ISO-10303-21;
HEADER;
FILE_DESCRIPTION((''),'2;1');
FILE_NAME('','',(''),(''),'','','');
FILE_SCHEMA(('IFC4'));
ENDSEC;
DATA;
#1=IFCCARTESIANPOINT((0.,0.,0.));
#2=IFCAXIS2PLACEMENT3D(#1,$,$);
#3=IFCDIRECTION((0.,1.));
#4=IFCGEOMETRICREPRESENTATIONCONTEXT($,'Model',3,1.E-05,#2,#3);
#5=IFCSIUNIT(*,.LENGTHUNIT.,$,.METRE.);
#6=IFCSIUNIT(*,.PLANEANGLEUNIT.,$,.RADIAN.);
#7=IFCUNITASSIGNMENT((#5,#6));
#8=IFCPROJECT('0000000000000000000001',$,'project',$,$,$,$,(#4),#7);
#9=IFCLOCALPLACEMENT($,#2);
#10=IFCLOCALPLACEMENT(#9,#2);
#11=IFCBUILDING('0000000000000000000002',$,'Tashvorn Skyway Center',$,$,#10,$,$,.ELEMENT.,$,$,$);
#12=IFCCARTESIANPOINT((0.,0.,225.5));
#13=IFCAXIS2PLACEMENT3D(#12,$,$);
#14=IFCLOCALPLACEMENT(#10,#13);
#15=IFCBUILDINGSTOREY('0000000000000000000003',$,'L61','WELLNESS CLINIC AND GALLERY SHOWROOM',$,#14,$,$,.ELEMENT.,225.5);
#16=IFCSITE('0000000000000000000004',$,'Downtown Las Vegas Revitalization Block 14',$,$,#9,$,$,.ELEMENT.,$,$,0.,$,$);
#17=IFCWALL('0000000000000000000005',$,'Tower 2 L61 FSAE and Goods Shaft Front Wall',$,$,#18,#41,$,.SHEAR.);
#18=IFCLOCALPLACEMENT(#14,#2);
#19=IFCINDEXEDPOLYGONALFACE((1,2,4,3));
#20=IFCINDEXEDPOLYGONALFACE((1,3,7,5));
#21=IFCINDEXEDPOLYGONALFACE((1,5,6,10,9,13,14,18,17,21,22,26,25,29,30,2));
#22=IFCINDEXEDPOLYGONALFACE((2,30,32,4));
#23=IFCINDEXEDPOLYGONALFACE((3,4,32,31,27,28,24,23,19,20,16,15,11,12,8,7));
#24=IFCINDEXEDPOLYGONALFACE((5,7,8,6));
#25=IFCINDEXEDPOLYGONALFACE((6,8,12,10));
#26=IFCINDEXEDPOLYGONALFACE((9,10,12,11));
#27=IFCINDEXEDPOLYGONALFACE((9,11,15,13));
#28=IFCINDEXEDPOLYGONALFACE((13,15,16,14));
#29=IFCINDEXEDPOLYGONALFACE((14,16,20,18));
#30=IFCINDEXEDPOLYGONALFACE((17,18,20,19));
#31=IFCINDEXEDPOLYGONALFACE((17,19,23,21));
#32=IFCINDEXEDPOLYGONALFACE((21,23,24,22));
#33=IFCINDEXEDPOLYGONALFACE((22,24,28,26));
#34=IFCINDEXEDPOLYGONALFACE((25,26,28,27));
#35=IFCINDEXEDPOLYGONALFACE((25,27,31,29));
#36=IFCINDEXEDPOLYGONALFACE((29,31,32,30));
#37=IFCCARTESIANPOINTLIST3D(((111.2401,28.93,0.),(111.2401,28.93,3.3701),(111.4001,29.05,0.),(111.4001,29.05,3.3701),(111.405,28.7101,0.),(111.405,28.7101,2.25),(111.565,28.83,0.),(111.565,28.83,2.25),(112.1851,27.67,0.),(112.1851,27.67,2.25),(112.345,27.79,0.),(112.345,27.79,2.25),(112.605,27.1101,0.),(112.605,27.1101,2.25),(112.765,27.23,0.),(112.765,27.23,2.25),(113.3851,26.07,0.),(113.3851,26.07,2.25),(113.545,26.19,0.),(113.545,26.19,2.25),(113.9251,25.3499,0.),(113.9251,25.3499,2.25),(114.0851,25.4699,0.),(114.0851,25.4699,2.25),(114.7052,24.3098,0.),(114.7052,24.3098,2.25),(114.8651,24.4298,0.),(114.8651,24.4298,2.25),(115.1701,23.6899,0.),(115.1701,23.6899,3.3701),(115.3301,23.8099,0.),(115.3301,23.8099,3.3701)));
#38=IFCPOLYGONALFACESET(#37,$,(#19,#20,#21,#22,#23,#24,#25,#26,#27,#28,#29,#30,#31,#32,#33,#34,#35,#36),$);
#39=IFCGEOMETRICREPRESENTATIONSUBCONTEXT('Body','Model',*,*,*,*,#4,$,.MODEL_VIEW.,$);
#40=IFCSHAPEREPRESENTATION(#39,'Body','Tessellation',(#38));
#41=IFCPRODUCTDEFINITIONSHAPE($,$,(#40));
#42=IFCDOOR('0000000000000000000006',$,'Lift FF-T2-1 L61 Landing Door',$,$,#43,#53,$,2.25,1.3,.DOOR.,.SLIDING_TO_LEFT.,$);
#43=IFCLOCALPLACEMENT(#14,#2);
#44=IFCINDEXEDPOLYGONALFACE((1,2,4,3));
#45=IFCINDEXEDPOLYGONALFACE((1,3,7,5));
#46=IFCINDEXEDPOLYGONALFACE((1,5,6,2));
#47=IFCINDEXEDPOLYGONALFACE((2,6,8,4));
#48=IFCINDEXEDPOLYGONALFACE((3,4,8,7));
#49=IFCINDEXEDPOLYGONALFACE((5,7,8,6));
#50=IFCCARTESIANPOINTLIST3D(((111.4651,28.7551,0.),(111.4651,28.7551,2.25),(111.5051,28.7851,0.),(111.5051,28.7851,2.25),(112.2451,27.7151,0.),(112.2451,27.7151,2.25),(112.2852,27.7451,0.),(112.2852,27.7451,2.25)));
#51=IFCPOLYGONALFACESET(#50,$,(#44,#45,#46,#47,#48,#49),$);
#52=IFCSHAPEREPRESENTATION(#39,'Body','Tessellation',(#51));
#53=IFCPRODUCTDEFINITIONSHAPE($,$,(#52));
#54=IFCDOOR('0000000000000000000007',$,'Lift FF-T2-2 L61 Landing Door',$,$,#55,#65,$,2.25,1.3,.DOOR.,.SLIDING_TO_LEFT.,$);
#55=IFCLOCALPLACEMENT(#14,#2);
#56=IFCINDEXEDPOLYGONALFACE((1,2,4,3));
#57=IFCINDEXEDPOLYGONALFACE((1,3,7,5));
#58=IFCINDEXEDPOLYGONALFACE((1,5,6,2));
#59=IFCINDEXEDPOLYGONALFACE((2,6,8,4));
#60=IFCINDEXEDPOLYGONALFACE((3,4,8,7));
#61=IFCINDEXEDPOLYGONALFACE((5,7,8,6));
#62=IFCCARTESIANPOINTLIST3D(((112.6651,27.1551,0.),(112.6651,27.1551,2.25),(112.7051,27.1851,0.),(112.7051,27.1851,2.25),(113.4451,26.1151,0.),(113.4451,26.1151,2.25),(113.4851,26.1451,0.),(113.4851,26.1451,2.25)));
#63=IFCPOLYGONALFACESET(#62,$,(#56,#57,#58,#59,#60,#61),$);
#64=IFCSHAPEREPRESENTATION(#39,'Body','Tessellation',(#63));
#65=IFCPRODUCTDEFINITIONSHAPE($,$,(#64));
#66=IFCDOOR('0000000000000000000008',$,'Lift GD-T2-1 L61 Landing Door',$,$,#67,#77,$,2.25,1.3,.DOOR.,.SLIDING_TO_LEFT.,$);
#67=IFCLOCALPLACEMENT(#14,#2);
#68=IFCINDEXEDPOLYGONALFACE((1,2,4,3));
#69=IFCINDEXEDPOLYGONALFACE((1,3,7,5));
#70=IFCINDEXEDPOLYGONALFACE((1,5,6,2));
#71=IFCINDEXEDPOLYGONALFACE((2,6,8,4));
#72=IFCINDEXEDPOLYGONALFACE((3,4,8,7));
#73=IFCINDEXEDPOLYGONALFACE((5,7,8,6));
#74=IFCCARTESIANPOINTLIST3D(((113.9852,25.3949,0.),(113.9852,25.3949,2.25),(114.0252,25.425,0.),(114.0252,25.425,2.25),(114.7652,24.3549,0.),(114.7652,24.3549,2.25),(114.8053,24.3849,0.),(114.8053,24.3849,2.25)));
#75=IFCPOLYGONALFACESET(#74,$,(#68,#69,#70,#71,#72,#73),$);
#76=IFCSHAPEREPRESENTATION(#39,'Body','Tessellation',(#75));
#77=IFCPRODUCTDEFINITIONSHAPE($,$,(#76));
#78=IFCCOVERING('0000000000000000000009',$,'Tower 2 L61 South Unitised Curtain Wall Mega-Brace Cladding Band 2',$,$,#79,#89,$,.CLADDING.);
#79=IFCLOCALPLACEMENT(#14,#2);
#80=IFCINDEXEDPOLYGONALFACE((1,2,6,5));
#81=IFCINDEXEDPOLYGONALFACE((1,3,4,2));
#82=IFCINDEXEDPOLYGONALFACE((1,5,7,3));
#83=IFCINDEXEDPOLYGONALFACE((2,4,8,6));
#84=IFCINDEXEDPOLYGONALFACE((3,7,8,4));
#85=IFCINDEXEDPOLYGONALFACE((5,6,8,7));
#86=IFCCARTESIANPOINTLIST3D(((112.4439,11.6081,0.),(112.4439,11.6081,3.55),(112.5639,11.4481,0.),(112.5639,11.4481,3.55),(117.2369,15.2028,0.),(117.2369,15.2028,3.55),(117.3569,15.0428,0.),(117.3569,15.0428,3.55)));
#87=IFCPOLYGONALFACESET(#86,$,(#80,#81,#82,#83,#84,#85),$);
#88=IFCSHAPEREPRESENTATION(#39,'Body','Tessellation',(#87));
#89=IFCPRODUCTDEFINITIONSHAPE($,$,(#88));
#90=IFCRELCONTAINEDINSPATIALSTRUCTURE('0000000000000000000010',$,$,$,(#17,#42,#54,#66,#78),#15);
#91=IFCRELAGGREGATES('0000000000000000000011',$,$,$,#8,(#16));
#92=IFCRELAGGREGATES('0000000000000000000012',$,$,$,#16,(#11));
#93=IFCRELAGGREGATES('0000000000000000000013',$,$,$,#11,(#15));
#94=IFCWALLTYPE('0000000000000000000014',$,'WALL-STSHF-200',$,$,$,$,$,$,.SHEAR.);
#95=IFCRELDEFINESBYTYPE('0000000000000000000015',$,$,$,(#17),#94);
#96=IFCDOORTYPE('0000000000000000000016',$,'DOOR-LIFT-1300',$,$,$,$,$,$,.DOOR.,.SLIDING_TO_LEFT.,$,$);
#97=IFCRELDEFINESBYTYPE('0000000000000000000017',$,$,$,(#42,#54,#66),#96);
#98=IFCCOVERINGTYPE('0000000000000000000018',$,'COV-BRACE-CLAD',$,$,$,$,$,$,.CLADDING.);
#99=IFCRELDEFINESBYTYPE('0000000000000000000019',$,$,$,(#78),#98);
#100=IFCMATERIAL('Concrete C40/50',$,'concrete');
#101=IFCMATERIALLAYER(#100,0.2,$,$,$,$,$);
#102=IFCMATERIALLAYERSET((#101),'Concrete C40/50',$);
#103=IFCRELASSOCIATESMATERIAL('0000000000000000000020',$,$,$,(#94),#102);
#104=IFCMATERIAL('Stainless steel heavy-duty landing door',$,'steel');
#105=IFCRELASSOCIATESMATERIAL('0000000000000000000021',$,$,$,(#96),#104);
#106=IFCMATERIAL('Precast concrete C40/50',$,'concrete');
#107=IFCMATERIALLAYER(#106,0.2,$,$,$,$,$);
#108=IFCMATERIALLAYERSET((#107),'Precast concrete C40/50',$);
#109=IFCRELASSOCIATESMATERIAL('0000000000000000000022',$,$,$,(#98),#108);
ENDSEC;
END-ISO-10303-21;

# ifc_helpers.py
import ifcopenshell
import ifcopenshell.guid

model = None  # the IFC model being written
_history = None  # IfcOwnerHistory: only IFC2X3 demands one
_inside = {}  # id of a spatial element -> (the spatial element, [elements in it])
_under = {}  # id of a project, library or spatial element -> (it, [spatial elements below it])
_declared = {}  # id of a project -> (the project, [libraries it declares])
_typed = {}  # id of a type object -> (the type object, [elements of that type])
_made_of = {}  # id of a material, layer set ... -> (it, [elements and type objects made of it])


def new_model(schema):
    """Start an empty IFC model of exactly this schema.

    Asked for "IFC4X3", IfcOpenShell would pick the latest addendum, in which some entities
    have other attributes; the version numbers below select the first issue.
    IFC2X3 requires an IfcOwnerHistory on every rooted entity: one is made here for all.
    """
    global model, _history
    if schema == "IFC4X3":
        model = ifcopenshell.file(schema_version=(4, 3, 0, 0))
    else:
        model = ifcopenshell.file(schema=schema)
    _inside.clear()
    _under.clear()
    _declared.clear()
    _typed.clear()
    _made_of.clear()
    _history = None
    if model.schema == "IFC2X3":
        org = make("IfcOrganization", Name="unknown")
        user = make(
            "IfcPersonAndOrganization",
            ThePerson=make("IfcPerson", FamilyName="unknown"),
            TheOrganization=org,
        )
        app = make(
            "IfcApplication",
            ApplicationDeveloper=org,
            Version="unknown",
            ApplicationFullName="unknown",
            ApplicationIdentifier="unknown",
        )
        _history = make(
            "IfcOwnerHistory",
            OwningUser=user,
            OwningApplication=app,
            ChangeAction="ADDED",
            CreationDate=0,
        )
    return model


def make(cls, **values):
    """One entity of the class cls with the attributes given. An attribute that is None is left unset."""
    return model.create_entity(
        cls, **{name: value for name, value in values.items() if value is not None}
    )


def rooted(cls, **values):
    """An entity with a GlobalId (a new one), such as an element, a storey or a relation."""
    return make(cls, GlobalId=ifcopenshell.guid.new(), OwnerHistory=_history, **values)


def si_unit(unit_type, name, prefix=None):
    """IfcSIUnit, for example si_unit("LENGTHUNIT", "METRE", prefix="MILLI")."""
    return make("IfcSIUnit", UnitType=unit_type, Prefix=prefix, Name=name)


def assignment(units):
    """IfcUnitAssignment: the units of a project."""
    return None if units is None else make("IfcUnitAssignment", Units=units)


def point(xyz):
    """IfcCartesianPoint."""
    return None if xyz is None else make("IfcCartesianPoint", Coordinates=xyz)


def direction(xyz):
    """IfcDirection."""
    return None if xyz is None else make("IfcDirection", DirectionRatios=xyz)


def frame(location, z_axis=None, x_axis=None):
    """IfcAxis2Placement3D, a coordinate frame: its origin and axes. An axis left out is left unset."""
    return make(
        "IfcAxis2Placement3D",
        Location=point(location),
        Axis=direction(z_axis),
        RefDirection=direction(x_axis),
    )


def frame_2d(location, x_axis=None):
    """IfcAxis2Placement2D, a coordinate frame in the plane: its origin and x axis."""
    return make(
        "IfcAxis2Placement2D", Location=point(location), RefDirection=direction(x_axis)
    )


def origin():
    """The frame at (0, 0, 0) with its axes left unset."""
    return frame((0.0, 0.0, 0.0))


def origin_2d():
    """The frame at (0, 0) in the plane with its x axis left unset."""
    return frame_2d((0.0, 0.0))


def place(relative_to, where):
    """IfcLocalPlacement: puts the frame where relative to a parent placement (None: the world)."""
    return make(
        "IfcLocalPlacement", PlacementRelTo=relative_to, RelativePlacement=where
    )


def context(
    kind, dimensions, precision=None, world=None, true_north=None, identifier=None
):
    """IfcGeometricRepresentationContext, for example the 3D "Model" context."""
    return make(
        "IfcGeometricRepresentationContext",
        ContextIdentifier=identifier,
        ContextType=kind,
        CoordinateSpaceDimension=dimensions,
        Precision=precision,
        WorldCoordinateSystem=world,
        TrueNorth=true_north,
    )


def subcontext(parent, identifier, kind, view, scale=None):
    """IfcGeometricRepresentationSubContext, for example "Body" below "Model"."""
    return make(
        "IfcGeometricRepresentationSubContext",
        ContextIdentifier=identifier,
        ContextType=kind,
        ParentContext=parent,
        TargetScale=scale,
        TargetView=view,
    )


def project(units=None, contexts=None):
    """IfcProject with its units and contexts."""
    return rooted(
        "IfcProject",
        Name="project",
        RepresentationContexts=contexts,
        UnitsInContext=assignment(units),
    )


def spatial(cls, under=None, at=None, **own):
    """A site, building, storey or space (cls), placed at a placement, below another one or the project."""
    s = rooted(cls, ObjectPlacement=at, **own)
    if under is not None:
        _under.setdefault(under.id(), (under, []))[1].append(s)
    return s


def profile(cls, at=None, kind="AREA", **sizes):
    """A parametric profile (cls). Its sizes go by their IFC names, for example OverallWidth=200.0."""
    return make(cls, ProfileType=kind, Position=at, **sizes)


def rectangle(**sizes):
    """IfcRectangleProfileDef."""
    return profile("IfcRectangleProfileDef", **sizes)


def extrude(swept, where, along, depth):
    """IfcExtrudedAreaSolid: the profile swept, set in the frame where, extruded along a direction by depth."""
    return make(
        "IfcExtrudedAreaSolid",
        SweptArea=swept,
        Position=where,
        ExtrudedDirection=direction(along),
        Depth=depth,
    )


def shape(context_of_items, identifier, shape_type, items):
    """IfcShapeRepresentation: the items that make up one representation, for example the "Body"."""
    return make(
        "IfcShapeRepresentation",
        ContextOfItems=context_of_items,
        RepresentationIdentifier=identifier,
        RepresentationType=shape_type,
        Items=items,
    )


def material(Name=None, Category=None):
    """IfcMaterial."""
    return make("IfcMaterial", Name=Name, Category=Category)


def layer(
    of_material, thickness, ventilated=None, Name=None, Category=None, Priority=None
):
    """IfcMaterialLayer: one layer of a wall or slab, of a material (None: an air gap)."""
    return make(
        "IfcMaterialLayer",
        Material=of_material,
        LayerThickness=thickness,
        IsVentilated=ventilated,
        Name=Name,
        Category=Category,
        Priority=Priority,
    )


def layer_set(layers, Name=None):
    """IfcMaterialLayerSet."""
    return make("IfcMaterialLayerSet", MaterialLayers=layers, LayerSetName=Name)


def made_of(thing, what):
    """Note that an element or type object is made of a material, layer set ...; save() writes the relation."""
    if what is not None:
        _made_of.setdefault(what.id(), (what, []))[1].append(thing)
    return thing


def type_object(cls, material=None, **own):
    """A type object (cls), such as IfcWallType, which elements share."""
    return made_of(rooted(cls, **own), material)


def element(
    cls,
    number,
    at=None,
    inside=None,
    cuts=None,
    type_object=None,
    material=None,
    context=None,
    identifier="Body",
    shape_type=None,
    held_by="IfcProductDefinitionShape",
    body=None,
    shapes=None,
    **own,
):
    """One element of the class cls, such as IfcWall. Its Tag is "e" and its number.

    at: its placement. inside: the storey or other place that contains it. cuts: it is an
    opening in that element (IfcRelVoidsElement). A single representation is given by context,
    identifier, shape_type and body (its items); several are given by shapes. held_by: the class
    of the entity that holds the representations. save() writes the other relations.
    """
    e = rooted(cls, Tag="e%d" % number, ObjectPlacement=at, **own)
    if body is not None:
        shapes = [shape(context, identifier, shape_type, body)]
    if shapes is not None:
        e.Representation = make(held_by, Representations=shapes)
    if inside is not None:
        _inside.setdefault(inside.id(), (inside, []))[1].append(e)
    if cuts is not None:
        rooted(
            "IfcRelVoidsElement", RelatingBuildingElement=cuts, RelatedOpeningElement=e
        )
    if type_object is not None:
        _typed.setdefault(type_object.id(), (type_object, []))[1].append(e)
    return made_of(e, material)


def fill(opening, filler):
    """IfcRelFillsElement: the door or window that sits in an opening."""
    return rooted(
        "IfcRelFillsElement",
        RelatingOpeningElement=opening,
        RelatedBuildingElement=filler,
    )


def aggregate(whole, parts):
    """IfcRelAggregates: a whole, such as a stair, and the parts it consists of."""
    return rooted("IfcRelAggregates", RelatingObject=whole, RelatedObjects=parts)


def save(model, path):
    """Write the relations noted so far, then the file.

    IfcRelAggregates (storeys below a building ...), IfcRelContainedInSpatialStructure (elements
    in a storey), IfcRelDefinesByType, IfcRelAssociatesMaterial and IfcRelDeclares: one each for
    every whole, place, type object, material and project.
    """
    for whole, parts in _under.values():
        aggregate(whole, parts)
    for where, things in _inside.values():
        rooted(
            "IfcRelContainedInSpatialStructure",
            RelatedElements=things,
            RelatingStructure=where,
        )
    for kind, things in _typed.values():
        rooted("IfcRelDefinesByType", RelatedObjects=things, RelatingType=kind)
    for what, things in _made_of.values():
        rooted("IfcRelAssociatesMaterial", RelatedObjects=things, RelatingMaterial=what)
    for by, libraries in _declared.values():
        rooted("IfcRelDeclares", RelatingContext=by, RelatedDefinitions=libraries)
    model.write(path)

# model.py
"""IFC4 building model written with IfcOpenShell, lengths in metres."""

from ifc_helpers import new_model, si_unit, direction, frame, frame_2d, origin, origin_2d, place, context, subcontext, project, spatial, rectangle, extrude, material, layer, layer_set, type_object, element, fill, save


model = new_model("IFC4")

# Units and contexts
model_context = context("Model", 3, precision=1e-05, world=origin(), true_north=direction((0.0, 1.0)))
body_context = subcontext(model_context, "Body", "Model", "MODEL_VIEW")
ifc_project = project(units=[si_unit("LENGTHUNIT", "METRE"), si_unit("PLANEANGLEUNIT", "RADIAN")], contexts=[model_context])

# Site, building, storey
site_placement = place(None, origin())
site = spatial("IfcSite", under=ifc_project, at=site_placement, Name="Downtown Las Vegas Revitalization Block 14", CompositionType="ELEMENT", RefElevation=0.0)
building_placement = place(site_placement, origin())
building = spatial("IfcBuilding", under=site, at=building_placement, Name="Tashvorn Skyway Center", CompositionType="ELEMENT")
storey_placement = place(building_placement, frame((0.0, 0.0, 225.5)))
storey = spatial("IfcBuildingStorey", under=building, at=storey_placement, Name="L61", Description="WELLNESS CLINIC AND GALLERY SHOWROOM", CompositionType="ELEMENT", Elevation=225.5)

# Shared definitions
ifc_material_1 = material(Name="Concrete C40/50", Category="concrete")

# Wall, openings, doors
ifc_layer_1 = layer(ifc_material_1, 0.2)
ifc_layer_set_1 = layer_set([ifc_layer_1], Name="Concrete C40/50")
wall_type_1 = type_object("IfcWallType", Name="WALL-STSHF-200", PredefinedType="SHEAR", material=ifc_layer_set_1)
wall_1_placement = place(storey_placement, frame((115.25, 23.75, 0.0), z_axis=(0.0, 0.0, 1.0), x_axis=(-0.599994, 0.800004, 0.0)))
wall_1 = element("IfcWall", 1, at=wall_1_placement, inside=storey, type_object=wall_type_1, Name="Tower 2 L61 FSAE and Goods Shaft Front Wall", PredefinedType="SHEAR", context=body_context, shape_type="SweptSolid", body=[
    extrude(rectangle(XDim=6.55, YDim=0.2, at=frame_2d((3.2749, 0.0))), origin(), (0.0, 0.0, 1.0), 3.3701),
])
opening_1_placement = place(wall_1_placement, frame((4.9751, 0.0, 0.0)))
opening_1 = element("IfcOpeningElement", 2, at=opening_1_placement, cuts=wall_1, PredefinedType="OPENING", context=body_context, shape_type="SweptSolid", body=[
    extrude(rectangle(XDim=1.3, YDim=2.25, at=frame_2d((0.6499, 1.125))), frame((0.0, 0.1099, 0.0), z_axis=(0.0, -1.0, 0.0), x_axis=(1.0, 0.0, 0.0)), (0.0, 0.0, 1.0), 0.22),
])
opening_2_placement = place(wall_1_placement, frame((2.9751, 0.0, 0.0)))
opening_2 = element("IfcOpeningElement", 3, at=opening_2_placement, cuts=wall_1, PredefinedType="OPENING", context=body_context, shape_type="SweptSolid", body=[
    extrude(rectangle(XDim=1.3, YDim=2.25, at=frame_2d((0.6499, 1.125))), frame((0.0, 0.1099, 0.0), z_axis=(0.0, -1.0, 0.0), x_axis=(1.0, 0.0, 0.0)), (0.0, 0.0, 1.0), 0.22),
])
opening_3_placement = place(wall_1_placement, frame((0.7749, 0.0, 0.0)))
opening_3 = element("IfcOpeningElement", 4, at=opening_3_placement, cuts=wall_1, PredefinedType="OPENING", context=body_context, shape_type="SweptSolid", body=[
    extrude(rectangle(XDim=1.3, YDim=2.25, at=frame_2d((0.6499, 1.125))), frame((0.0, 0.1099, 0.0), z_axis=(0.0, -1.0, 0.0), x_axis=(1.0, 0.0, 0.0)), (0.0, 0.0, 1.0), 0.22),
])
ifc_material_2 = material(Name="Stainless steel heavy-duty landing door", Category="steel")
door_type_1 = type_object("IfcDoorType", Name="DOOR-LIFT-1300", OperationType="SLIDING_TO_LEFT", PredefinedType="DOOR", material=ifc_material_2)
door_1_placement = place(opening_1_placement, origin())
door_1 = element("IfcDoor", 5, at=door_1_placement, inside=storey, type_object=door_type_1, Name="Lift FF-T2-1 L61 Landing Door", OperationType="SLIDING_TO_LEFT", OverallHeight=2.25, OverallWidth=1.3, PredefinedType="DOOR", context=body_context, shape_type="SweptSolid", body=[
    extrude(rectangle(XDim=1.3, YDim=2.25, at=frame_2d((0.6499, 1.125))), frame((0.0, 0.0249, 0.0), z_axis=(0.0, -1.0, 0.0), x_axis=(1.0, 0.0, 0.0)), (0.0, 0.0, 1.0), 0.05),
])
fill(opening_1, door_1)
door_2_placement = place(opening_2_placement, origin())
door_2 = element("IfcDoor", 6, at=door_2_placement, inside=storey, type_object=door_type_1, Name="Lift FF-T2-2 L61 Landing Door", OperationType="SLIDING_TO_LEFT", OverallHeight=2.25, OverallWidth=1.3, PredefinedType="DOOR", context=body_context, shape_type="SweptSolid", body=[
    extrude(rectangle(XDim=1.3, YDim=2.25, at=frame_2d((0.6499, 1.125))), frame((0.0, 0.0249, 0.0), z_axis=(0.0, -1.0, 0.0), x_axis=(1.0, 0.0, 0.0)), (0.0, 0.0, 1.0), 0.05),
])
fill(opening_2, door_2)
door_3_placement = place(opening_3_placement, origin())
door_3 = element("IfcDoor", 7, at=door_3_placement, inside=storey, type_object=door_type_1, Name="Lift GD-T2-1 L61 Landing Door", OperationType="SLIDING_TO_LEFT", OverallHeight=2.25, OverallWidth=1.3, PredefinedType="DOOR", context=body_context, shape_type="SweptSolid", body=[
    extrude(rectangle(XDim=1.3, YDim=2.25, at=frame_2d((0.6499, 1.125))), frame((0.0, 0.0249, 0.0), z_axis=(0.0, -1.0, 0.0), x_axis=(1.0, 0.0, 0.0)), (0.0, 0.0, 1.0), 0.05),
])
fill(opening_3, door_3)

# Covering
ifc_material_3 = material(Name="Precast concrete C40/50", Category="concrete")
ifc_layer_2 = layer(ifc_material_3, 0.2)
ifc_layer_set_2 = layer_set([ifc_layer_2], Name="Precast concrete C40/50")
covering_type = type_object("IfcCoveringType", Name="COV-BRACE-CLAD", PredefinedType="CLADDING", material=ifc_layer_set_2)
covering_placement = place(storey_placement, frame((114.9004, 13.3254, 0.0), z_axis=(0.0, 0.0, 1.0), x_axis=(-0.8, -0.6, 0.0)))
element("IfcCovering", 8, at=covering_placement, inside=storey, type_object=covering_type, Name="Tower 2 L61 South Unitised Curtain Wall Mega-Brace Cladding Band 2", PredefinedType="CLADDING", context=body_context, shape_type="SweptSolid", body=[
    extrude(rectangle(XDim=5.9912, YDim=0.2, at=origin_2d()), origin(), (0.0, 0.0, 1.0), 3.55),
])

save(model, "model.ifc")
